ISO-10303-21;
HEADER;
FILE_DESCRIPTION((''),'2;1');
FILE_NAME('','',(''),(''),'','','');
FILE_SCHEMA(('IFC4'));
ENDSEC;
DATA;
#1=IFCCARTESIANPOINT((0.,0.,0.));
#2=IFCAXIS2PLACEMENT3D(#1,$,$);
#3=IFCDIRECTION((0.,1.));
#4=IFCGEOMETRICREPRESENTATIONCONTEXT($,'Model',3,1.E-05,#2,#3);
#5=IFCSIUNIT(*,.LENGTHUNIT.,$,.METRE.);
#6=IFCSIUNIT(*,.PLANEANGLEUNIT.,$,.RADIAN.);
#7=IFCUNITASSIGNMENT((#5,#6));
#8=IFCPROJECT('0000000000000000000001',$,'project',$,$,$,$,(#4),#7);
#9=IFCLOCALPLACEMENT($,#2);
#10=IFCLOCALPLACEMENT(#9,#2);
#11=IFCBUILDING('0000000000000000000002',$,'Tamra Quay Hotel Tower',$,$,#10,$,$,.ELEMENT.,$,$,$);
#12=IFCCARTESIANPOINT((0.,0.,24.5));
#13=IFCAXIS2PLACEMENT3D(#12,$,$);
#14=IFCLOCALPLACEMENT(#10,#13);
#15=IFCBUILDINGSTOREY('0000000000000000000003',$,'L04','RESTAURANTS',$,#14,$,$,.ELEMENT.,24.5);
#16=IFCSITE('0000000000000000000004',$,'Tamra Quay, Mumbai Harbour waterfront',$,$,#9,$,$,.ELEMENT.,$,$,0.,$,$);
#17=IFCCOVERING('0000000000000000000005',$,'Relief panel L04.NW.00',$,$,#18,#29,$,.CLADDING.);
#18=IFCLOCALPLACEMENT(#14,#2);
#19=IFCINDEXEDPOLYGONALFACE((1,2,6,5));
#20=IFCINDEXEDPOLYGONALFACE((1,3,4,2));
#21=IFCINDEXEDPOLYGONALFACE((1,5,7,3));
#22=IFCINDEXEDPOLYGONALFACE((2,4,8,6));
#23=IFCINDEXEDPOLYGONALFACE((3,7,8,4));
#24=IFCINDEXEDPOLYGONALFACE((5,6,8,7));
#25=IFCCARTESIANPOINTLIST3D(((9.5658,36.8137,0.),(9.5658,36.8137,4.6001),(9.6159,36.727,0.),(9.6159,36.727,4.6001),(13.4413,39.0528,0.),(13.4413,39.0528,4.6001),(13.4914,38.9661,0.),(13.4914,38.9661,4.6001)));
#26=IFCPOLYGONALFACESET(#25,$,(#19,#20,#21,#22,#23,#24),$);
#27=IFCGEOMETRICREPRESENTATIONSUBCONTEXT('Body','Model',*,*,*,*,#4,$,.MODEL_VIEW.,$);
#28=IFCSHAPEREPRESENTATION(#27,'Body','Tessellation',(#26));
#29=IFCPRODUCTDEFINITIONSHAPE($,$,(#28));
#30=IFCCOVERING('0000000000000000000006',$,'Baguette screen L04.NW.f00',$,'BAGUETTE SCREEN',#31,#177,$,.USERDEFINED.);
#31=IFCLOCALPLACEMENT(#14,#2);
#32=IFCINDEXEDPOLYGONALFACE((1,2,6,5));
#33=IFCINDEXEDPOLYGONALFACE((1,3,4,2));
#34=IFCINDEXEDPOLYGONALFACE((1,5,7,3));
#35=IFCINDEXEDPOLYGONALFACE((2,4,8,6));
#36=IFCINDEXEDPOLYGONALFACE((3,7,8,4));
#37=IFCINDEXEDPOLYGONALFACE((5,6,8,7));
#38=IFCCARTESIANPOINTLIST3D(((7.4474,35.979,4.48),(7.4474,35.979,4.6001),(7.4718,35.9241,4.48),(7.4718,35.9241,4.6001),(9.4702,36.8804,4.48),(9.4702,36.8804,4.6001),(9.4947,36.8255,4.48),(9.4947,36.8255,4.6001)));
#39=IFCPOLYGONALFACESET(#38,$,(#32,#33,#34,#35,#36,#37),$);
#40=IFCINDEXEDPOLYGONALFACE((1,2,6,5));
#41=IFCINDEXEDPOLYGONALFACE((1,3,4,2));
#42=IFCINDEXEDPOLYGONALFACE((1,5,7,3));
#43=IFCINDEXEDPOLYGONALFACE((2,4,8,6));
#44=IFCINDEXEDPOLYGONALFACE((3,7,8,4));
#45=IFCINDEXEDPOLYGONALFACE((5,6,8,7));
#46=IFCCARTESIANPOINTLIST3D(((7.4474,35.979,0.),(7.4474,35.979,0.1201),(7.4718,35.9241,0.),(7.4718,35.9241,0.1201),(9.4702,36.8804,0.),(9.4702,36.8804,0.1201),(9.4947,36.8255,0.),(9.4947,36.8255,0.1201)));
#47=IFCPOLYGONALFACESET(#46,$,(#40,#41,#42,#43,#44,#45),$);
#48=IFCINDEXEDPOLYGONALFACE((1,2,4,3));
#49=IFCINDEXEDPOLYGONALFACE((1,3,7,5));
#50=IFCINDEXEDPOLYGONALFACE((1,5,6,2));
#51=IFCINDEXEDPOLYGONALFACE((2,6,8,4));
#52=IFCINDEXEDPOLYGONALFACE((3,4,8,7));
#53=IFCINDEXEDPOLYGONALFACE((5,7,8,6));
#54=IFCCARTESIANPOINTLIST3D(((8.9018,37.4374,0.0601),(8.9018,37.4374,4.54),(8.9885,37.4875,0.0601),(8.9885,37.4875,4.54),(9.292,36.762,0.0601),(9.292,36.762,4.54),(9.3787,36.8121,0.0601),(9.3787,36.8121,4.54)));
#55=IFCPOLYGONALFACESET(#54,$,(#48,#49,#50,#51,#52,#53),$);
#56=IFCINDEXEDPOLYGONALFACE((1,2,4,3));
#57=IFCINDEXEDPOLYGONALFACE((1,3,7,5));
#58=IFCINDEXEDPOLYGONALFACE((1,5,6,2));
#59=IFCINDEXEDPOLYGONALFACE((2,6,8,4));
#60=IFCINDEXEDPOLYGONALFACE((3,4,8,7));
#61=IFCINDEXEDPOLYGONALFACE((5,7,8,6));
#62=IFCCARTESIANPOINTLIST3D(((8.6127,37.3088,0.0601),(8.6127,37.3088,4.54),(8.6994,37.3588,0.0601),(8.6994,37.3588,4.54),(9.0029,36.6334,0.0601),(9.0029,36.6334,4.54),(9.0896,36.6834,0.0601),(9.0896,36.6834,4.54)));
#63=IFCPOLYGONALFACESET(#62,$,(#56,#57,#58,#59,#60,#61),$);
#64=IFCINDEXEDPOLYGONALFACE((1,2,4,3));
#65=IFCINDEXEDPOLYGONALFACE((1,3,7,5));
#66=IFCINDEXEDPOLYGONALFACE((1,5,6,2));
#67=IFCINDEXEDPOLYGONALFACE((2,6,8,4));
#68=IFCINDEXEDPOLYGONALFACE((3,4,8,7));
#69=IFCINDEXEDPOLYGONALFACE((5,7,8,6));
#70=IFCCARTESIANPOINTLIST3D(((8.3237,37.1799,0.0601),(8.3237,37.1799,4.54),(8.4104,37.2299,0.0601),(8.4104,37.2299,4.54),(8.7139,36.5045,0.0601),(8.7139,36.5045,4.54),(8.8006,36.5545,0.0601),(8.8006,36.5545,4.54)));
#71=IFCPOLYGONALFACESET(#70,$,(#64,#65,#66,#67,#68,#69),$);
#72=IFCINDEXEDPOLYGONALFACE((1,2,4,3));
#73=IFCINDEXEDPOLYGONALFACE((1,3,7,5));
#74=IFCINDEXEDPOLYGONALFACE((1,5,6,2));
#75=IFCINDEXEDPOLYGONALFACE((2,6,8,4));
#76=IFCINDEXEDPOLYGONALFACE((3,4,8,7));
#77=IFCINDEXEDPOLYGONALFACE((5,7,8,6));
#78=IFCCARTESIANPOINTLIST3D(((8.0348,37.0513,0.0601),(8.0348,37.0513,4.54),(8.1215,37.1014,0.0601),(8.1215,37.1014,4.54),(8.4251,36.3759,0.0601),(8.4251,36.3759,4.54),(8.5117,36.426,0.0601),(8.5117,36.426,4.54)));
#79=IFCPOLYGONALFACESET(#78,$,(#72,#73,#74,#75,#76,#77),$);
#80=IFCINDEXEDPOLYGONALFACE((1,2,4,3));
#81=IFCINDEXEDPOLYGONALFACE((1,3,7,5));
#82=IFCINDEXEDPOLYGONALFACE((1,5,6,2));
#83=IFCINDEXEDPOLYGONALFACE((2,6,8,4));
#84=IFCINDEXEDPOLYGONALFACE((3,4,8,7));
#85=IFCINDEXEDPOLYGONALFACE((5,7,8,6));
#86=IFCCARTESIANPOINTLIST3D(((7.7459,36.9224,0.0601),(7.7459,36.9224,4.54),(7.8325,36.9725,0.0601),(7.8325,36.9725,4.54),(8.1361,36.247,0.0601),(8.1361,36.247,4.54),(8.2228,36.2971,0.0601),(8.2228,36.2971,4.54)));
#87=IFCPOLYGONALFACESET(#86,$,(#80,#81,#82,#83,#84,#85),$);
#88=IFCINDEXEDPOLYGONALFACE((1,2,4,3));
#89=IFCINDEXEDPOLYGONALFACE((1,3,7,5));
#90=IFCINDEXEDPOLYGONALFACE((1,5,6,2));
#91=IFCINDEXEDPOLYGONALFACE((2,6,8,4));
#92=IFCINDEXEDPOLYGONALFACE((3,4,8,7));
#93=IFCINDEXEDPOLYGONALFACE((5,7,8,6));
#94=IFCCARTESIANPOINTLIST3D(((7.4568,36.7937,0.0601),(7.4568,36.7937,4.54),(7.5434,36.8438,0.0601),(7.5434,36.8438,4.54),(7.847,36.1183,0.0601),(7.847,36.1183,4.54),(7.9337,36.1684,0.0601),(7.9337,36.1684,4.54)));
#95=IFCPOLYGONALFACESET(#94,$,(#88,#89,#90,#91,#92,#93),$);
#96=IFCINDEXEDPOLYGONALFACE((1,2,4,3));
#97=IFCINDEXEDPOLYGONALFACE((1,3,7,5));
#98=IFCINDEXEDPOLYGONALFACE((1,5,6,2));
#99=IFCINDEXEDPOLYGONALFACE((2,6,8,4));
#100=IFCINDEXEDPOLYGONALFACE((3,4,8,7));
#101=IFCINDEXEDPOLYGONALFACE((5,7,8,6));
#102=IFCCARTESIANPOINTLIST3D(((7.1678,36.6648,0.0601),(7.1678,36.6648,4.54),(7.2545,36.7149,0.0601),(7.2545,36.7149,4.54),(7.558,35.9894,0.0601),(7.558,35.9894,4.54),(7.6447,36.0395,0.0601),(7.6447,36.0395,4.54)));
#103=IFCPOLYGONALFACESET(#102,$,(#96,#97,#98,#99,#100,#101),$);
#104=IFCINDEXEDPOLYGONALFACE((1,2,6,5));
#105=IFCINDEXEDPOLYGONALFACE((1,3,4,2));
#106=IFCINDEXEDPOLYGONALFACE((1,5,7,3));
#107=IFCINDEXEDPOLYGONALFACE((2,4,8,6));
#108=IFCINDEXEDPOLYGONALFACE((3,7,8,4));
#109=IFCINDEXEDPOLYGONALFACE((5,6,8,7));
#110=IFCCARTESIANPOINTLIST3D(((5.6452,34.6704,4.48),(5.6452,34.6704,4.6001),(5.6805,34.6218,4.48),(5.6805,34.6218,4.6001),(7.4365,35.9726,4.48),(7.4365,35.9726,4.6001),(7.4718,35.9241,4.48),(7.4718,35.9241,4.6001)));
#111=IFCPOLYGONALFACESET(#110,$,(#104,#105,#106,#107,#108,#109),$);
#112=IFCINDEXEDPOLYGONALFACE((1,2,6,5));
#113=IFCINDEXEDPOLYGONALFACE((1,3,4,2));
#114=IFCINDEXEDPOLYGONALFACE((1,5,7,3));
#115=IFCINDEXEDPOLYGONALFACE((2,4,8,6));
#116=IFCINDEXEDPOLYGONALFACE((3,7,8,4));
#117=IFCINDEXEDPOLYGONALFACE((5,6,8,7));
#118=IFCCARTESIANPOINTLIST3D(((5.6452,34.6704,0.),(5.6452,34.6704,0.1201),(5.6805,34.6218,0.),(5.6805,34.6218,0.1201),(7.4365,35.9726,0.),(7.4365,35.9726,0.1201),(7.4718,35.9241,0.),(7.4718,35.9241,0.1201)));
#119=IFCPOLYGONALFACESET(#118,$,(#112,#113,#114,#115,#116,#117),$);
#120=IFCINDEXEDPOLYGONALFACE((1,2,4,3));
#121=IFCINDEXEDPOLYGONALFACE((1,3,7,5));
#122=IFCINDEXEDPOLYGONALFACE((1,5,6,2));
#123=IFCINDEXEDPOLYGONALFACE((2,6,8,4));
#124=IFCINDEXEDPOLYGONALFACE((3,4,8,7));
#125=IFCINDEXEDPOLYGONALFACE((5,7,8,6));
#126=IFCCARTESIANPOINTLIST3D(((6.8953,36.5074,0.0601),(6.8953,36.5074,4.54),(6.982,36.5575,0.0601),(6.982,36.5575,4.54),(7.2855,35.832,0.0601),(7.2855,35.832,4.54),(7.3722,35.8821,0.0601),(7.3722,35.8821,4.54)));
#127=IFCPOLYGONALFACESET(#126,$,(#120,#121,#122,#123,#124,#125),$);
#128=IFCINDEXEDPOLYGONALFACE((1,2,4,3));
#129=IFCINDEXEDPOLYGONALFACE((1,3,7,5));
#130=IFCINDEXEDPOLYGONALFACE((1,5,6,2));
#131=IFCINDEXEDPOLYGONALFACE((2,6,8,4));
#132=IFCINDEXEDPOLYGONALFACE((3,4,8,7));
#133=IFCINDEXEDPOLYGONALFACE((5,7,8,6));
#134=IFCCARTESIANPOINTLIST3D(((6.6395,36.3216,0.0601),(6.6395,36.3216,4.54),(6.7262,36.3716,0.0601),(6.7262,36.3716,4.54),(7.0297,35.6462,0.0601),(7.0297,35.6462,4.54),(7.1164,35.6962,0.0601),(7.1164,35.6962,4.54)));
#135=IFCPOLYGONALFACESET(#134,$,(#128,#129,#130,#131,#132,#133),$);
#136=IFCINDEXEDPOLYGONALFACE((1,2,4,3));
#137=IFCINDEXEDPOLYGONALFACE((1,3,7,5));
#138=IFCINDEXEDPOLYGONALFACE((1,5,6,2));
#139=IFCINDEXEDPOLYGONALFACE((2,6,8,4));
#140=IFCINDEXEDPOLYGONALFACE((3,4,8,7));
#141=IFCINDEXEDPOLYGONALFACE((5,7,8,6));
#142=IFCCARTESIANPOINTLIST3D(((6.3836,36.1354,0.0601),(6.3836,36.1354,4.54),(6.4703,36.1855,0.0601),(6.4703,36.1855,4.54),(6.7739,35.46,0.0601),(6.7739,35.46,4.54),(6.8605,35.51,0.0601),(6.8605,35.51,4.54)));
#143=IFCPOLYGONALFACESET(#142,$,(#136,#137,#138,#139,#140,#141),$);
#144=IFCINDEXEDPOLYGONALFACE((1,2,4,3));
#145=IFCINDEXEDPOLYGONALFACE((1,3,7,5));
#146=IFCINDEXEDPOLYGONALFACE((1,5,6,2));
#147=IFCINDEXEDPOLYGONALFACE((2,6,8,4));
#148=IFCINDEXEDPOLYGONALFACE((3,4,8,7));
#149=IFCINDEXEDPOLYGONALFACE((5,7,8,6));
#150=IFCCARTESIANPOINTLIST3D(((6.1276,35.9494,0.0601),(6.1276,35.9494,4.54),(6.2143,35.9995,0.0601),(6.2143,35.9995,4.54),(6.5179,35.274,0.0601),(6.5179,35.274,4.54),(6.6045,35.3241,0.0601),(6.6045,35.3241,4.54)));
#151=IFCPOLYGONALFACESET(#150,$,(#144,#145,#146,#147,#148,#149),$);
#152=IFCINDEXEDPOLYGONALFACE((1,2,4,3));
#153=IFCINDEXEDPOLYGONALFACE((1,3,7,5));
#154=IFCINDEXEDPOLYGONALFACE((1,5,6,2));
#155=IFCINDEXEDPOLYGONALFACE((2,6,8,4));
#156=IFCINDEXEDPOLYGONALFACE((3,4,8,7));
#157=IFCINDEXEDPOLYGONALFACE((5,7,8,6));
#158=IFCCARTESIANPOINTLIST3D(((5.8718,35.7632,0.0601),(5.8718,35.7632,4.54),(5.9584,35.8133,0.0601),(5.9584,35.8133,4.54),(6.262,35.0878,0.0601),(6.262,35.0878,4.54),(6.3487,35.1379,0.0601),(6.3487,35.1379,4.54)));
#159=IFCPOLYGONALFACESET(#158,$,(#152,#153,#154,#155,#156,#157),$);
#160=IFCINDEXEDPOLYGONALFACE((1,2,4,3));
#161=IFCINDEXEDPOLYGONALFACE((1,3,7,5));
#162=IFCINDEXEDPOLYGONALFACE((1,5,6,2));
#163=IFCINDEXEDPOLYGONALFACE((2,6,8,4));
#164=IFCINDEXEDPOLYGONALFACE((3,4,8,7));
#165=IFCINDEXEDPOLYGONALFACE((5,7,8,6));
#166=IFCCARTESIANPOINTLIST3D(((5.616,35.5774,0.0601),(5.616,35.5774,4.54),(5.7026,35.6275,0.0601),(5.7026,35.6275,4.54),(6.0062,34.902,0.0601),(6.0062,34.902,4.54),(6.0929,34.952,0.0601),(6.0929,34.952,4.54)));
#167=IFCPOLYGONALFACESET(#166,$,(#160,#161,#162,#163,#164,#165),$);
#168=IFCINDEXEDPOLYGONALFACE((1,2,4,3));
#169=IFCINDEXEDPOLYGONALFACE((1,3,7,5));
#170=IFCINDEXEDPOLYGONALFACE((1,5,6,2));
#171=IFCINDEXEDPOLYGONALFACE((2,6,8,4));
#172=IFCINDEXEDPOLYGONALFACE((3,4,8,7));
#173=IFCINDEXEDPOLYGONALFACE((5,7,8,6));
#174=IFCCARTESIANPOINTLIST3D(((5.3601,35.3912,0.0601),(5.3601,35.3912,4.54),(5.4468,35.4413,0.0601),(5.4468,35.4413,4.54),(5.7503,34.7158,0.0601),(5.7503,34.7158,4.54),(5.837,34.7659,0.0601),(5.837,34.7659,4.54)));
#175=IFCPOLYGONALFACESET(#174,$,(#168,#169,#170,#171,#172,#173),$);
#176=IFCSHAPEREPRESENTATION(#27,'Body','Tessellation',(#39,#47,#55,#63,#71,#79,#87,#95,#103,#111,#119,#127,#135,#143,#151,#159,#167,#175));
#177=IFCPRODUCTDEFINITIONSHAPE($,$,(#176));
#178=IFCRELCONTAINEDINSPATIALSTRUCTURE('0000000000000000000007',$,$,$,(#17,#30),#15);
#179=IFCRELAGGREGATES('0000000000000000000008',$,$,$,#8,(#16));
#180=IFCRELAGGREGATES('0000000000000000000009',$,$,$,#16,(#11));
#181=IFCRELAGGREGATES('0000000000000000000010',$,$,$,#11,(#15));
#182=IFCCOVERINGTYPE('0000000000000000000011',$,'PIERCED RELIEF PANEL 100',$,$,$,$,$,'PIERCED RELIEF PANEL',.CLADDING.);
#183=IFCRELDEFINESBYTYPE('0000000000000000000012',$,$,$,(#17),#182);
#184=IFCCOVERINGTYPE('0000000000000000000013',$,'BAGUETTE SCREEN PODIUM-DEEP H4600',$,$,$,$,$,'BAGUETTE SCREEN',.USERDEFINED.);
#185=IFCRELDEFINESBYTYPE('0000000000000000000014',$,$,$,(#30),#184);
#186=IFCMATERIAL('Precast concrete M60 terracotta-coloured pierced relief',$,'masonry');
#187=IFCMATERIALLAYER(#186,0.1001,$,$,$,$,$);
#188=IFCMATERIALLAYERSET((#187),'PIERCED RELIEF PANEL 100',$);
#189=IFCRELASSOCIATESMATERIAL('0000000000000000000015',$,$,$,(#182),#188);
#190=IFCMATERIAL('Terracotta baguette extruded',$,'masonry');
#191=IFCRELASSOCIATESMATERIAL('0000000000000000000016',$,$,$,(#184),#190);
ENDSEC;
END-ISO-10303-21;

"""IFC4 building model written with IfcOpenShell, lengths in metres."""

from ifc_helpers import new_model, si_unit, direction, frame, frame_2d, origin, origin_2d, place, context, subcontext, project, spatial, rectangle, extrude, source, transform, mapped, material, layer, layer_set, type_object, element, save


model = new_model("IFC4")

# Units and contexts
model_context = context("Model", 3, precision=1e-05, world=origin(), true_north=direction((0.0, 1.0)))
body_context = subcontext(model_context, "Body", "Model", "MODEL_VIEW")
ifc_project = project(units=[si_unit("LENGTHUNIT", "METRE"), si_unit("PLANEANGLEUNIT", "RADIAN")], contexts=[model_context])

# Site, building, storey
site_placement = place(None, origin())
site = spatial("IfcSite", under=ifc_project, at=site_placement, Name="Tamra Quay, Mumbai Harbour waterfront", CompositionType="ELEMENT", RefElevation=0.0)
building_placement = place(site_placement, origin())
building = spatial("IfcBuilding", under=site, at=building_placement, Name="Tamra Quay Hotel Tower", CompositionType="ELEMENT")
storey_placement = place(building_placement, frame((0.0, 0.0, 24.5)))
storey = spatial("IfcBuildingStorey", under=building, at=storey_placement, Name="L04", Description="RESTAURANTS", CompositionType="ELEMENT", Elevation=24.5)

# Coverings
ifc_material_1 = material(Name="Precast concrete M60 terracotta-coloured pierced relief", Category="masonry")
ifc_layer_1 = layer(ifc_material_1, 0.1001)
ifc_layer_set_1 = layer_set([ifc_layer_1], Name="PIERCED RELIEF PANEL 100")
covering_type_1 = type_object("IfcCoveringType", Name="PIERCED RELIEF PANEL 100", ElementType="PIERCED RELIEF PANEL", PredefinedType="CLADDING", material=ifc_layer_set_1)
covering_1_placement = place(storey_placement, frame((11.5286, 37.8899, 0.0), z_axis=(0.0, 0.0, 1.0), x_axis=(-0.865872, -0.500265, 0.0)))
element("IfcCovering", 1, at=covering_1_placement, inside=storey, type_object=covering_type_1, Name="Relief panel L04.NW.00", PredefinedType="CLADDING", context=body_context, shape_type="SweptSolid", body=[
    extrude(rectangle(XDim=4.4758, YDim=0.1001, at=origin_2d()), origin(), (0.0, 0.0, 1.0), 4.6001),
])
ifc_material_2 = material(Name="Terracotta baguette extruded", Category="masonry")
covering_type_2 = type_object("IfcCoveringType", Name="BAGUETTE SCREEN PODIUM-DEEP H4600", ElementType="BAGUETTE SCREEN", PredefinedType="USERDEFINED", material=ifc_material_2)
shared_shape_1 = source(origin(), body_context, "Body", "SweptSolid", [
    extrude(rectangle(XDim=2.2146, YDim=0.0601, at=frame_2d((1.1074, 0.03))), frame((-2.2087, -0.0576, -0.1201), z_axis=(0.0, 0.0, 1.0), x_axis=(0.994522, -0.104528, 0.0)), (0.0, 0.0, 1.0), 0.1201),
    extrude(rectangle(XDim=2.2146, YDim=0.0601, at=frame_2d((1.1074, 0.03))), frame((-2.2087, -0.0576, -4.6001), z_axis=(0.0, 0.0, 1.0), x_axis=(0.994522, -0.104528, 0.0)), (0.0, 0.0, 1.0), 0.1201),
    extrude(rectangle(XDim=0.1001, YDim=0.78, at=frame_2d((0.05, 0.3901))), frame((-2.0952, -0.8245, -4.54)), (0.0, 0.0, 1.0), 4.48),
    extrude(rectangle(XDim=0.1001, YDim=0.78, at=frame_2d((0.05, 0.3901))), frame((-1.7805, -0.8577, -4.54)), (0.0, 0.0, 1.0), 4.48),
    extrude(rectangle(XDim=0.1001, YDim=0.78, at=frame_2d((0.05, 0.3901))), frame((-1.4658, -0.8906, -4.54)), (0.0, 0.0, 1.0), 4.48),
    extrude(rectangle(XDim=0.1001, YDim=0.78, at=frame_2d((0.05, 0.3901))), frame((-1.1514, -0.9238, -4.54)), (0.0, 0.0, 1.0), 4.48),
    extrude(rectangle(XDim=0.1001, YDim=0.78, at=frame_2d((0.05, 0.3901))), frame((-0.8367, -0.9568, -4.54)), (0.0, 0.0, 1.0), 4.48),
    extrude(rectangle(XDim=0.1001, YDim=0.78, at=frame_2d((0.05, 0.3901))), frame((-0.522, -0.99, -4.54)), (0.0, 0.0, 1.0), 4.48),
    extrude(rectangle(XDim=0.1001, YDim=0.78, at=frame_2d((0.05, 0.3901))), frame((-0.2073, -1.0229, -4.54)), (0.0, 0.0, 1.0), 4.48),
    extrude(rectangle(XDim=2.2146, YDim=0.0601, at=frame_2d((1.1074, 0.03))), frame((0.0063, -0.2891, -0.1201), z_axis=(0.0, 0.0, 1.0), x_axis=(0.994522, 0.104528, 0.0)), (0.0, 0.0, 1.0), 0.1201),
    extrude(rectangle(XDim=2.2146, YDim=0.0601, at=frame_2d((1.1074, 0.03))), frame((0.0063, -0.2891, -4.6001), z_axis=(0.0, 0.0, 1.0), x_axis=(0.994522, 0.104528, 0.0)), (0.0, 0.0, 1.0), 0.1201),
    extrude(rectangle(XDim=0.1001, YDim=0.78, at=frame_2d((0.05, 0.3901))), frame((0.1074, -1.0229, -4.54)), (0.0, 0.0, 1.0), 4.48),
    extrude(rectangle(XDim=0.1001, YDim=0.78, at=frame_2d((0.05, 0.3901))), frame((0.4219, -0.99, -4.54)), (0.0, 0.0, 1.0), 4.48),
    extrude(rectangle(XDim=0.1001, YDim=0.78, at=frame_2d((0.05, 0.3901))), frame((0.7366, -0.9568, -4.54)), (0.0, 0.0, 1.0), 4.48),
    extrude(rectangle(XDim=0.1001, YDim=0.78, at=frame_2d((0.05, 0.3901))), frame((1.0513, -0.9238, -4.54)), (0.0, 0.0, 1.0), 4.48),
    extrude(rectangle(XDim=0.1001, YDim=0.78, at=frame_2d((0.05, 0.3901))), frame((1.366, -0.8906, -4.54)), (0.0, 0.0, 1.0), 4.48),
    extrude(rectangle(XDim=0.1001, YDim=0.78, at=frame_2d((0.05, 0.3901))), frame((1.6804, -0.8577, -4.54)), (0.0, 0.0, 1.0), 4.48),
    extrude(rectangle(XDim=0.1001, YDim=0.78, at=frame_2d((0.05, 0.3901))), frame((1.9951, -0.8245, -4.54)), (0.0, 0.0, 1.0), 4.48),
])
covering_2_placement = place(storey_placement, frame((7.5867, 35.7256, 4.6001), z_axis=(0.0, 0.0, 1.0), x_axis=(-0.865872, -0.500265, 0.0)))
element("IfcCovering", 2, at=covering_2_placement, inside=storey, type_object=covering_type_2, Name="Baguette screen L04.NW.f00", ObjectType="BAGUETTE SCREEN", PredefinedType="USERDEFINED", context=body_context, shape_type="MappedRepresentation", body=[
    mapped(shared_shape_1, transform((0.0, 0.0, 0.0), scale=1.0)),
])

save(model, "model.ifc")
